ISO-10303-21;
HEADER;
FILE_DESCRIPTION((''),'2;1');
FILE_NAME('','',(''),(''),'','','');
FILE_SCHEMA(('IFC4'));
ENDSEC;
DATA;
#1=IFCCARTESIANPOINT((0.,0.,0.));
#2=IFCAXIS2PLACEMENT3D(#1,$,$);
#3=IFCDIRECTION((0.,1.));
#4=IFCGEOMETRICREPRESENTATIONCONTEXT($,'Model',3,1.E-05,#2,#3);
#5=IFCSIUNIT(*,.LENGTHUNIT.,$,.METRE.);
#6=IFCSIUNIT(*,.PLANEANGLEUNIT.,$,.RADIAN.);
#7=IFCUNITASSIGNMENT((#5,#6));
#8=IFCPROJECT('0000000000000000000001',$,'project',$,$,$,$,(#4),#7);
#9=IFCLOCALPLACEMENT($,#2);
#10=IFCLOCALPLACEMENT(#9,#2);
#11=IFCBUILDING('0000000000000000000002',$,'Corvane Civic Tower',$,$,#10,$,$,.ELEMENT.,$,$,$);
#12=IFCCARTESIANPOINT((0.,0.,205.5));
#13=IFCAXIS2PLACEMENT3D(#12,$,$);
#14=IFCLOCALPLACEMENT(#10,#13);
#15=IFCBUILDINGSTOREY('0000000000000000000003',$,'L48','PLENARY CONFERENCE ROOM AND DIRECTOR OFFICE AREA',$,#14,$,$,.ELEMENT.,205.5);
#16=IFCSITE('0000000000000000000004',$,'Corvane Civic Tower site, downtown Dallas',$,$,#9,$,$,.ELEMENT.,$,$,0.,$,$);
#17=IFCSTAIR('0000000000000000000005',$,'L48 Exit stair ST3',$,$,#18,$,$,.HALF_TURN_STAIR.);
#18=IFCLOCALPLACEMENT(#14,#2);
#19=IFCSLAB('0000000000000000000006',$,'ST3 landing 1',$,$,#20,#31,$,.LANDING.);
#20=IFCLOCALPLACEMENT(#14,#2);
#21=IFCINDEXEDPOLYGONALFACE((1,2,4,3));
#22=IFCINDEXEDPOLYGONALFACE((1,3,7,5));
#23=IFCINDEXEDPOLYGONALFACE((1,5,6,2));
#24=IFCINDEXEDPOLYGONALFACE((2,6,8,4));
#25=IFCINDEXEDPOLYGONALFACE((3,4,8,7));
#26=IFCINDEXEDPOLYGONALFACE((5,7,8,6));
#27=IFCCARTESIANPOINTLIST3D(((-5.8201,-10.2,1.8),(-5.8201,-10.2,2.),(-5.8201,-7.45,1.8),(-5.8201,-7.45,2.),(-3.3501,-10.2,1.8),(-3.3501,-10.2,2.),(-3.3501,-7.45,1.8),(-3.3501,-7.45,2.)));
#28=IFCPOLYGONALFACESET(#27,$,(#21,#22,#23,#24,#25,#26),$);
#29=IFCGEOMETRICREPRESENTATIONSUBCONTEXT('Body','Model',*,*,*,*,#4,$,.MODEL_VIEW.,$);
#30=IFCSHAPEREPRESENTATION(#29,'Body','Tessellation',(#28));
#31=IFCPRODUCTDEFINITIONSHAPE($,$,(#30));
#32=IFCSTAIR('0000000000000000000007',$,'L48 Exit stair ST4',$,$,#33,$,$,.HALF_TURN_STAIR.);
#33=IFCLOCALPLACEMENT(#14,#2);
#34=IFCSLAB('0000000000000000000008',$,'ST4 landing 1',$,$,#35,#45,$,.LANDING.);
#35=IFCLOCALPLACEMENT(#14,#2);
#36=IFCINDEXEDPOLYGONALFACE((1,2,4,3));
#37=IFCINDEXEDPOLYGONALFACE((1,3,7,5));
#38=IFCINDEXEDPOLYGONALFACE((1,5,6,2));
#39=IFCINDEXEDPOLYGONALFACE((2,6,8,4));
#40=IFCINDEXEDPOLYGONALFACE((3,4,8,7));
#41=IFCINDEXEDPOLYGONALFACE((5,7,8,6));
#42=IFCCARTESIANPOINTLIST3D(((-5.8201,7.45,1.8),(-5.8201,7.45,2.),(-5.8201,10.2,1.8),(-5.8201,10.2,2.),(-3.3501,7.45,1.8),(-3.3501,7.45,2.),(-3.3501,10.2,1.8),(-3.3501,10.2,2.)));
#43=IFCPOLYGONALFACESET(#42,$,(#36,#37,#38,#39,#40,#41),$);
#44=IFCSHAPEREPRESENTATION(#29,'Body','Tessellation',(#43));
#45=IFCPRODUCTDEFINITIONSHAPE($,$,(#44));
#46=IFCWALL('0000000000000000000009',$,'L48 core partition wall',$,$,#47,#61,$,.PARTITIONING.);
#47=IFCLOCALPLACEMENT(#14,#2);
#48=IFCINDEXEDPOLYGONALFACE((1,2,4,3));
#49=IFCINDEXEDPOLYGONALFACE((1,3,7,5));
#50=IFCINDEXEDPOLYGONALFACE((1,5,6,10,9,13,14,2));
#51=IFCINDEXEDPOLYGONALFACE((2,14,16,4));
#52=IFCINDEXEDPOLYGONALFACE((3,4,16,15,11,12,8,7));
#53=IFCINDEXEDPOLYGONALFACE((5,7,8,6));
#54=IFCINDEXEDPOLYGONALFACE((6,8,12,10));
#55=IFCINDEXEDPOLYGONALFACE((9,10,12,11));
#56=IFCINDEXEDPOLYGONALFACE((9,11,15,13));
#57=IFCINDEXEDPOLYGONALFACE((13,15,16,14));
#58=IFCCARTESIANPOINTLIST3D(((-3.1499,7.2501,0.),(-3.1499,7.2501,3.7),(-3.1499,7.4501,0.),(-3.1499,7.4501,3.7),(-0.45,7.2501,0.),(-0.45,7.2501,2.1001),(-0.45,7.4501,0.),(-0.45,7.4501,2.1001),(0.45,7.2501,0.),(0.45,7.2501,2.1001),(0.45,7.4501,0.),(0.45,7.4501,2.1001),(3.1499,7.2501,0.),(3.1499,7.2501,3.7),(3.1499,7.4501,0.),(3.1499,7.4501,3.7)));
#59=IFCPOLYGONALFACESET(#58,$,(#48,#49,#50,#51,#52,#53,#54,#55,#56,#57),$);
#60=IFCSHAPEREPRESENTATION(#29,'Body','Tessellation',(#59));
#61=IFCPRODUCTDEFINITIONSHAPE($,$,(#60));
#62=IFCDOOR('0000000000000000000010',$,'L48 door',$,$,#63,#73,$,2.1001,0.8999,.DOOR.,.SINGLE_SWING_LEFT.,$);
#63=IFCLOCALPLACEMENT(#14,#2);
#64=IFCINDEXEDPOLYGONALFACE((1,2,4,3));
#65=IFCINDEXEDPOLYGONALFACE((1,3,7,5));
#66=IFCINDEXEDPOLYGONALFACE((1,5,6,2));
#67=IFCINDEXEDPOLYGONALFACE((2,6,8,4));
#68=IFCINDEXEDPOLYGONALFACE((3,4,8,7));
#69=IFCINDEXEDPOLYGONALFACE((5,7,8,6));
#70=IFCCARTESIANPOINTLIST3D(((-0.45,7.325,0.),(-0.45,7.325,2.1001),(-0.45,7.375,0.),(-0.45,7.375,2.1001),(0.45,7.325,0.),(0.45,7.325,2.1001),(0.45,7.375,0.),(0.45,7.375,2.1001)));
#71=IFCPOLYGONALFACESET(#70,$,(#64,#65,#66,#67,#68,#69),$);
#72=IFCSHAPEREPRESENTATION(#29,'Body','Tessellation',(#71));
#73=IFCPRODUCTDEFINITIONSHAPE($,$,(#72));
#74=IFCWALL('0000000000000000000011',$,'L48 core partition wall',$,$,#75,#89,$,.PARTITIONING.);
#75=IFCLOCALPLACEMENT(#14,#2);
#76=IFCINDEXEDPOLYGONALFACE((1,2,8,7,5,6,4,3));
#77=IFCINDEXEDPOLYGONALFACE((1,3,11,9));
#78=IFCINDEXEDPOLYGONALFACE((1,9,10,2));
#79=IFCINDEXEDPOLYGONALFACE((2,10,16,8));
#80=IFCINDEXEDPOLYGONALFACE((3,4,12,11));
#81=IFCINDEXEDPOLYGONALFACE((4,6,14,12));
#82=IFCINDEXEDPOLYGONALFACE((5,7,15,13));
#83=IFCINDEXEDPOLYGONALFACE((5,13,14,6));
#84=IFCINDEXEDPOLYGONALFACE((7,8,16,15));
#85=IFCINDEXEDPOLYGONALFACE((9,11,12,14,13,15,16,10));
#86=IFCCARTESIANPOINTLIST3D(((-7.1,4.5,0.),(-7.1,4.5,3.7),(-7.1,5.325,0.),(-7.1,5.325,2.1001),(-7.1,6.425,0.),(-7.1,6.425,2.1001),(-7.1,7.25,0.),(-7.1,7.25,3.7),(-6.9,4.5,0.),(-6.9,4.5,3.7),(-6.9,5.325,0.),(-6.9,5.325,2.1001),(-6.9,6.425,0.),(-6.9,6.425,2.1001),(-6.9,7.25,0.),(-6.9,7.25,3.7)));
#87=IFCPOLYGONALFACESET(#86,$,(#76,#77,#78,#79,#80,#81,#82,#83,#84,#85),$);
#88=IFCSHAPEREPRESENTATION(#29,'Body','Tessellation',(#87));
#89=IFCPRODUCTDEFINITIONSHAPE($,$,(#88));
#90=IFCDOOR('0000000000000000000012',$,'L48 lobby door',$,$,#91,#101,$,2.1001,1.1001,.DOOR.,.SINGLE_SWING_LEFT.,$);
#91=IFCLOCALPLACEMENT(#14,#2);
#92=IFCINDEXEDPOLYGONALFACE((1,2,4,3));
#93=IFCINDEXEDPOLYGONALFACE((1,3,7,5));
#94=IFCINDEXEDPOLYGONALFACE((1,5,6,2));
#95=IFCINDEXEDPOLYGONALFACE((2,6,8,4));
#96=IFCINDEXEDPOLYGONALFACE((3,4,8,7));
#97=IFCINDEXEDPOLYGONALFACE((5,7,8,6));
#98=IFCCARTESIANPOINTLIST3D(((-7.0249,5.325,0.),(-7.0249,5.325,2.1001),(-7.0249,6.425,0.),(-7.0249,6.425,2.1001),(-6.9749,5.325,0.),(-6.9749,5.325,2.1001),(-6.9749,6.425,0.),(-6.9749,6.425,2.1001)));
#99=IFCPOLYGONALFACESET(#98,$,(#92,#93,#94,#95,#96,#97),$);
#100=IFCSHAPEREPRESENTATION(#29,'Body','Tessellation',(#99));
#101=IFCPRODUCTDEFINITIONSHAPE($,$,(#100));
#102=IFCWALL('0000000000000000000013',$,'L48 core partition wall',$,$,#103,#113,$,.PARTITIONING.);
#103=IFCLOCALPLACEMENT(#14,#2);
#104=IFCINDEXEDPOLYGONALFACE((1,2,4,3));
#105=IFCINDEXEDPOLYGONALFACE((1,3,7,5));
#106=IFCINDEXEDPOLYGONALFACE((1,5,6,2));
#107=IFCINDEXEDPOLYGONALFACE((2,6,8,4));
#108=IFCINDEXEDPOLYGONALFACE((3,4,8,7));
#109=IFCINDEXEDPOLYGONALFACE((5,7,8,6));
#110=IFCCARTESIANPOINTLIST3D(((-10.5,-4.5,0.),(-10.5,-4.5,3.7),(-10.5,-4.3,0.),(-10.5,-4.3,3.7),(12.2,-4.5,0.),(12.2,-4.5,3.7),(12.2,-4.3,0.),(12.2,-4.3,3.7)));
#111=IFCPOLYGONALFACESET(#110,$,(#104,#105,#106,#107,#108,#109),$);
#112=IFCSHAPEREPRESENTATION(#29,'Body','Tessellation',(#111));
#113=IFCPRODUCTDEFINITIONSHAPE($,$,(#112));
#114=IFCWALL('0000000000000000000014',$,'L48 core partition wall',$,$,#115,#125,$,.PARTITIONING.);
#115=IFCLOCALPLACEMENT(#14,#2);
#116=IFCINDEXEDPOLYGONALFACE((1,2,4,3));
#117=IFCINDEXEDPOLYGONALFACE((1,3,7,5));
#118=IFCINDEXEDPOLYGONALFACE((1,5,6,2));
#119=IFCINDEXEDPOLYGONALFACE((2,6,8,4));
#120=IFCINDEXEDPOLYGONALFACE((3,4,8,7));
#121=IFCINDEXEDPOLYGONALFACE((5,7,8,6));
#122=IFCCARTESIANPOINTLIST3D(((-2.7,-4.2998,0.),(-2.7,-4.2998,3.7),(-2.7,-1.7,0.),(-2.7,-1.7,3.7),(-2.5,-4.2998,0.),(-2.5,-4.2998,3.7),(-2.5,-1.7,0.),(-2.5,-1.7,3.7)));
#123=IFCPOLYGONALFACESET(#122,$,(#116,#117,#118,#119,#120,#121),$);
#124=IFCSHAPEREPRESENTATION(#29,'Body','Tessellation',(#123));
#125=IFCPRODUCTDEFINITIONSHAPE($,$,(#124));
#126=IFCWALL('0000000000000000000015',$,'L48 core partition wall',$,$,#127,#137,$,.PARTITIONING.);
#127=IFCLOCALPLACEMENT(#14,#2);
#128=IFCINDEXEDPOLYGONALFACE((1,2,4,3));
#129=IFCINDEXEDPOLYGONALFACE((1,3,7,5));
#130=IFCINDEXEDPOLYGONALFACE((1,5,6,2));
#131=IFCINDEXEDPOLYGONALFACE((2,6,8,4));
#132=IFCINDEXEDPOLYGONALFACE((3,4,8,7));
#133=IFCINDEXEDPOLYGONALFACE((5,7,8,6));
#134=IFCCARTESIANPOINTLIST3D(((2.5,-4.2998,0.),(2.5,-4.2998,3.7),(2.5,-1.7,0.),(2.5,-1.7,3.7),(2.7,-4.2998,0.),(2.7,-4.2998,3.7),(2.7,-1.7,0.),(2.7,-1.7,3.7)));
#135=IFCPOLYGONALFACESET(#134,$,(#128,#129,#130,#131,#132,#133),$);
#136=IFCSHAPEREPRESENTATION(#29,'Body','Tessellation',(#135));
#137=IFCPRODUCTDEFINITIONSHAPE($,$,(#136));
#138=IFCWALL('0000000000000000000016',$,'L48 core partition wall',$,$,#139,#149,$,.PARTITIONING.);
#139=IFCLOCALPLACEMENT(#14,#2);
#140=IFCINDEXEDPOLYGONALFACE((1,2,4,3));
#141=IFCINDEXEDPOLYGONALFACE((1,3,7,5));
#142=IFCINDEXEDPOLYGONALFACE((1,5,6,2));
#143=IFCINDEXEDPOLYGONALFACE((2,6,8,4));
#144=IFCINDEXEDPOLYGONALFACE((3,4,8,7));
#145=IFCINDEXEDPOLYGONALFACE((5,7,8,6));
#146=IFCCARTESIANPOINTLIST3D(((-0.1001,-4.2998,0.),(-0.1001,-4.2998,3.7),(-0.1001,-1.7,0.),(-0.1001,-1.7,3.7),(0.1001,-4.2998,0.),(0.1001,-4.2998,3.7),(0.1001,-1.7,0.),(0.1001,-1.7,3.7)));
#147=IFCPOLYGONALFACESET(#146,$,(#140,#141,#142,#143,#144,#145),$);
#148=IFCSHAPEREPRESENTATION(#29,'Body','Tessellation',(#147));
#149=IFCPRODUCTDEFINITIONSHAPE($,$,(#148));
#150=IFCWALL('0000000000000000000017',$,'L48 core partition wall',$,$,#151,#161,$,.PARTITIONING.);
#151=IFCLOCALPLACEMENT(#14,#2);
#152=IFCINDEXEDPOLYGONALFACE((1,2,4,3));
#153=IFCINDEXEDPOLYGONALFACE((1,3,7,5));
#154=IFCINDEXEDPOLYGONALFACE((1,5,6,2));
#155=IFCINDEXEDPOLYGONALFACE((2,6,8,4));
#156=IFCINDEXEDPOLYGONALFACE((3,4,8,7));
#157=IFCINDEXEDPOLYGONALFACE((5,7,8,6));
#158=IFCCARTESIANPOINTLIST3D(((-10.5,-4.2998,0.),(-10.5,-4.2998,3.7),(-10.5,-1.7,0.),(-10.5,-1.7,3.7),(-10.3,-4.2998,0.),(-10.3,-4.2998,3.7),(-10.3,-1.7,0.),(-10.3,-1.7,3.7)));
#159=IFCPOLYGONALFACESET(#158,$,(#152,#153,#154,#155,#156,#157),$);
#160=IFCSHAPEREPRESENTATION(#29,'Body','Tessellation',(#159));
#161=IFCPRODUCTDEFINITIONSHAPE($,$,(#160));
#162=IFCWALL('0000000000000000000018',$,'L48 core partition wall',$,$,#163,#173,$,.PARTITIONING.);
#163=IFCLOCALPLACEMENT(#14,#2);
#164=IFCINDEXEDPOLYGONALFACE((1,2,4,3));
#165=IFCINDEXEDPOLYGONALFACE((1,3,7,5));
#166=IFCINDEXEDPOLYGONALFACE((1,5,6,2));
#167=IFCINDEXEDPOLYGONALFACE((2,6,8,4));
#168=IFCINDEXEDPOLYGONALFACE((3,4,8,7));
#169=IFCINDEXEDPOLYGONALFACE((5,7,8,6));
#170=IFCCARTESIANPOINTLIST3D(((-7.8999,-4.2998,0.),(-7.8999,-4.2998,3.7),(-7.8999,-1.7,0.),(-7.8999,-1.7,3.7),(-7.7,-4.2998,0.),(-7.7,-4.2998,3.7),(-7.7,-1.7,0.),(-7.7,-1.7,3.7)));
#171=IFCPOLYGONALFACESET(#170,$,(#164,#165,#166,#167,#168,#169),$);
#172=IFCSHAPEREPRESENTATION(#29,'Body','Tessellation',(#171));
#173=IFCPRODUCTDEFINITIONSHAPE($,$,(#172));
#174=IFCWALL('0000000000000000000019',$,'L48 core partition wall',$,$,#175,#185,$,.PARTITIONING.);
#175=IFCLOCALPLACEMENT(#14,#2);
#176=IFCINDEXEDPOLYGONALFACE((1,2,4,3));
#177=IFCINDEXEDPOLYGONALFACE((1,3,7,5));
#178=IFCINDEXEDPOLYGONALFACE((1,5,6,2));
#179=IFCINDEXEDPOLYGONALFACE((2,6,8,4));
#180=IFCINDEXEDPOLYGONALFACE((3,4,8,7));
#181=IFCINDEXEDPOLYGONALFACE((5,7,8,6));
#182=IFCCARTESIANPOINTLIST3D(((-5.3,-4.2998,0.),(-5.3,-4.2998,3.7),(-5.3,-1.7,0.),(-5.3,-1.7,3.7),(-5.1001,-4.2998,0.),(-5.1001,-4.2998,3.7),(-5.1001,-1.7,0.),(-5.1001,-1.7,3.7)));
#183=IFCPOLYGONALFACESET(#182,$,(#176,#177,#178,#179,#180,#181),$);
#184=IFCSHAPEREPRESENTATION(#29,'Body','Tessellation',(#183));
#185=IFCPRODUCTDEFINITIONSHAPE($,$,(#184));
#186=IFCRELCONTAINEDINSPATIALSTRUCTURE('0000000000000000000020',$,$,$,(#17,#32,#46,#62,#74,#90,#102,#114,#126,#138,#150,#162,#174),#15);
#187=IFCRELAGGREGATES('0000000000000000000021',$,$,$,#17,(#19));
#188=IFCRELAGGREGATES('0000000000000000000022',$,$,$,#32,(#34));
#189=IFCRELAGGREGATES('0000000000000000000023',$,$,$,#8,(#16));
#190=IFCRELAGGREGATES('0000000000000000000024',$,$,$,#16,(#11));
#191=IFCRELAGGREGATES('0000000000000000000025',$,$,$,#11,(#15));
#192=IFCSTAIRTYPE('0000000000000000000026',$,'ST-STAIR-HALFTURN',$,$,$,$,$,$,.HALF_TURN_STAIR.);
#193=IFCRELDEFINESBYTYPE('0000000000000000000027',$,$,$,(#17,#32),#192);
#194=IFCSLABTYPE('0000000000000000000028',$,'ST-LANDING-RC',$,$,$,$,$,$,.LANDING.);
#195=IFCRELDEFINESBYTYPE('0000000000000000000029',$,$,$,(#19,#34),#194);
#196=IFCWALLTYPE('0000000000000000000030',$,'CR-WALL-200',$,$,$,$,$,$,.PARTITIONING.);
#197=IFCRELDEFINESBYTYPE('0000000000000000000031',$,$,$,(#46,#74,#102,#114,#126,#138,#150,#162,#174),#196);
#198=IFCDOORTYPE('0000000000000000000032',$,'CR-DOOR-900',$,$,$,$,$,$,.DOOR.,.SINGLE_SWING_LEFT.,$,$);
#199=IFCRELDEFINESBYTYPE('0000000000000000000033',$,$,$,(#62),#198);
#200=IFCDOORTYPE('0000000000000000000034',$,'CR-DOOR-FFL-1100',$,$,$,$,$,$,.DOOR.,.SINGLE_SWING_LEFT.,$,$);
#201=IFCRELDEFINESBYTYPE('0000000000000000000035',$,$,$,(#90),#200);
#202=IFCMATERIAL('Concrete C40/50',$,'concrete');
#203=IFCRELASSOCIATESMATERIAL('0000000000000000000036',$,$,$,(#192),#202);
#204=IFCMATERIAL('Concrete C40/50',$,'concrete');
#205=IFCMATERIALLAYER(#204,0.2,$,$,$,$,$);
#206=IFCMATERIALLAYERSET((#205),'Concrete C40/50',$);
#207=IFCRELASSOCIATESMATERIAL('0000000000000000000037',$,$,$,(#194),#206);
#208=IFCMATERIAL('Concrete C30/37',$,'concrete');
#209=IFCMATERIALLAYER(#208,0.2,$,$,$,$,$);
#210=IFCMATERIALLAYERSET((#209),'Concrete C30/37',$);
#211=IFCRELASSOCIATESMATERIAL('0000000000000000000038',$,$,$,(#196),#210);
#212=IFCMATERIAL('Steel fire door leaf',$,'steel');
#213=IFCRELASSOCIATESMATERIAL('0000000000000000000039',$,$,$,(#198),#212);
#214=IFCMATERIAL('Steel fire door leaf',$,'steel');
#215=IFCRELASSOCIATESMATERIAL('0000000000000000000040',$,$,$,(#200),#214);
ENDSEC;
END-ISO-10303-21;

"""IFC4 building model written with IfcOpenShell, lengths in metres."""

from ifc_helpers import new_model, si_unit, direction, frame, frame_2d, origin, place, context, subcontext, project, spatial, polyline, rectangle, outline, extrude, material, layer, layer_set, type_object, element, fill, aggregate, save


model = new_model("IFC4")

# Units and contexts
model_context = context("Model", 3, precision=1e-05, world=origin(), true_north=direction((0.0, 1.0)))
body_context = subcontext(model_context, "Body", "Model", "MODEL_VIEW")
ifc_project = project(units=[si_unit("LENGTHUNIT", "METRE"), si_unit("PLANEANGLEUNIT", "RADIAN")], contexts=[model_context])

# Site, building, storey
site_placement = place(None, origin())
site = spatial("IfcSite", under=ifc_project, at=site_placement, Name="Corvane Civic Tower site, downtown Dallas", CompositionType="ELEMENT", RefElevation=0.0)
building_placement = place(site_placement, origin())
building = spatial("IfcBuilding", under=site, at=building_placement, Name="Corvane Civic Tower", CompositionType="ELEMENT")
storey_placement = place(building_placement, frame((0.0, 0.0, 205.5)))
storey = spatial("IfcBuildingStorey", under=building, at=storey_placement, Name="L48", Description="PLENARY CONFERENCE ROOM AND DIRECTOR OFFICE AREA", CompositionType="ELEMENT", Elevation=205.5)

# Stairs, slabs
ifc_material_1 = material(Name="Concrete C40/50", Category="concrete")
stair_type = type_object("IfcStairType", Name="ST-STAIR-HALFTURN", PredefinedType="HALF_TURN_STAIR", material=ifc_material_1)
stair_1_placement = place(storey_placement, origin())
stair_1 = element("IfcStair", 1, at=stair_1_placement, inside=storey, type_object=stair_type, Name="L48 Exit stair ST3", PredefinedType="HALF_TURN_STAIR")
ifc_material_2 = material(Name="Concrete C40/50", Category="concrete")
ifc_layer_1 = layer(ifc_material_2, 0.2)
ifc_layer_set_1 = layer_set([ifc_layer_1], Name="Concrete C40/50")
slab_type = type_object("IfcSlabType", Name="ST-LANDING-RC", PredefinedType="LANDING", material=ifc_layer_set_1)
slab_1_placement = place(storey_placement, frame((0.0, 0.0, 1.8)))
slab_1 = element("IfcSlab", 2, at=slab_1_placement, type_object=slab_type, Name="ST3 landing 1", PredefinedType="LANDING", context=body_context, shape_type="SweptSolid", body=[
    extrude(outline(polyline([(-5.8201, -10.2), (-3.3501, -10.2), (-3.3501, -7.45), (-5.8201, -7.45), (-5.8201, -10.2)])), origin(), (0.0, 0.0, 1.0), 0.2),
])
aggregate(stair_1, [slab_1])
stair_2_placement = place(storey_placement, origin())
stair_2 = element("IfcStair", 3, at=stair_2_placement, inside=storey, type_object=stair_type, Name="L48 Exit stair ST4", PredefinedType="HALF_TURN_STAIR")
slab_2_placement = place(storey_placement, frame((0.0, 0.0, 1.8)))
slab_2 = element("IfcSlab", 4, at=slab_2_placement, type_object=slab_type, Name="ST4 landing 1", PredefinedType="LANDING", context=body_context, shape_type="SweptSolid", body=[
    extrude(outline(polyline([(-5.8201, 7.45), (-3.3501, 7.45), (-3.3501, 10.2), (-5.8201, 10.2), (-5.8201, 7.45)])), origin(), (0.0, 0.0, 1.0), 0.2),
])
aggregate(stair_2, [slab_2])

# Walls, openings, doors
ifc_material_3 = material(Name="Concrete C30/37", Category="concrete")
ifc_layer_2 = layer(ifc_material_3, 0.2)
ifc_layer_set_2 = layer_set([ifc_layer_2], Name="Concrete C30/37")
wall_type = type_object("IfcWallType", Name="CR-WALL-200", PredefinedType="PARTITIONING", material=ifc_layer_set_2)
wall_1_placement = place(storey_placement, frame((-3.1499, 7.3501, 0.0), z_axis=(0.0, 0.0, 1.0), x_axis=(1.0, 0.0, 0.0)))
wall_1 = element("IfcWall", 5, at=wall_1_placement, inside=storey, type_object=wall_type, Name="L48 core partition wall", PredefinedType="PARTITIONING", context=body_context, shape_type="SweptSolid", body=[
    extrude(rectangle(XDim=6.2998, YDim=0.2, at=frame_2d((3.1499, 0.0))), origin(), (0.0, 0.0, 1.0), 3.7),
])
opening_1_placement = place(wall_1_placement, frame((2.7, 0.0, 0.0)))
opening_1 = element("IfcOpeningElement", 6, at=opening_1_placement, cuts=wall_1, PredefinedType="OPENING", context=body_context, shape_type="SweptSolid", body=[
    extrude(rectangle(XDim=0.8999, YDim=2.1001, at=frame_2d((0.45, 1.05))), frame((0.0, 0.1099, 0.0), z_axis=(0.0, -1.0, 0.0), x_axis=(1.0, 0.0, 0.0)), (0.0, 0.0, 1.0), 0.22),
])
ifc_material_4 = material(Name="Steel fire door leaf", Category="steel")
door_type_1 = type_object("IfcDoorType", Name="CR-DOOR-900", OperationType="SINGLE_SWING_LEFT", PredefinedType="DOOR", material=ifc_material_4)
door_1_placement = place(opening_1_placement, origin())
door_1 = element("IfcDoor", 7, at=door_1_placement, inside=storey, type_object=door_type_1, Name="L48 door", OperationType="SINGLE_SWING_LEFT", OverallHeight=2.1001, OverallWidth=0.8999, PredefinedType="DOOR", context=body_context, shape_type="SweptSolid", body=[
    extrude(rectangle(XDim=0.8999, YDim=2.1001, at=frame_2d((0.45, 1.05))), frame((0.0, 0.0249, 0.0), z_axis=(0.0, -1.0, 0.0), x_axis=(1.0, 0.0, 0.0)), (0.0, 0.0, 1.0), 0.05),
])
fill(opening_1, door_1)
wall_2_placement = place(storey_placement, frame((-7.0, 4.5, 0.0), z_axis=(0.0, 0.0, 1.0), x_axis=(0.0, 1.0, 0.0)))
wall_2 = element("IfcWall", 8, at=wall_2_placement, inside=storey, type_object=wall_type, Name="L48 core partition wall", PredefinedType="PARTITIONING", context=body_context, shape_type="SweptSolid", body=[
    extrude(rectangle(XDim=2.75, YDim=0.2, at=frame_2d((1.375, 0.0))), origin(), (0.0, 0.0, 1.0), 3.7),
])
opening_2_placement = place(wall_2_placement, frame((0.825, 0.0, 0.0)))
opening_2 = element("IfcOpeningElement", 9, at=opening_2_placement, cuts=wall_2, PredefinedType="OPENING", context=body_context, shape_type="SweptSolid", body=[
    extrude(rectangle(XDim=1.1001, YDim=2.1001, at=frame_2d((0.55, 1.05))), frame((0.0, 0.1099, 0.0), z_axis=(0.0, -1.0, 0.0), x_axis=(1.0, 0.0, 0.0)), (0.0, 0.0, 1.0), 0.22),
])
ifc_material_5 = material(Name="Steel fire door leaf", Category="steel")
door_type_2 = type_object("IfcDoorType", Name="CR-DOOR-FFL-1100", OperationType="SINGLE_SWING_LEFT", PredefinedType="DOOR", material=ifc_material_5)
door_2_placement = place(opening_2_placement, origin())
door_2 = element("IfcDoor", 10, at=door_2_placement, inside=storey, type_object=door_type_2, Name="L48 lobby door", OperationType="SINGLE_SWING_LEFT", OverallHeight=2.1001, OverallWidth=1.1001, PredefinedType="DOOR", context=body_context, shape_type="SweptSolid", body=[
    extrude(rectangle(XDim=1.1001, YDim=2.1001, at=frame_2d((0.55, 1.05))), frame((0.0, 0.0249, 0.0), z_axis=(0.0, -1.0, 0.0), x_axis=(1.0, 0.0, 0.0)), (0.0, 0.0, 1.0), 0.05),
])
fill(opening_2, door_2)

# Walls
wall_3_placement = place(storey_placement, origin())
element("IfcWall", 11, at=wall_3_placement, inside=storey, type_object=wall_type, Name="L48 core partition wall", PredefinedType="PARTITIONING", context=body_context, shape_type="SweptSolid", body=[
    extrude(outline(polyline([(12.2, -4.3), (12.2, -4.5), (-10.5, -4.5), (-10.5, -4.3), (12.2, -4.3)])), origin(), (0.0, 0.0, 1.0), 3.7),
])
wall_4_placement = place(storey_placement, origin())
element("IfcWall", 12, at=wall_4_placement, inside=storey, type_object=wall_type, Name="L48 core partition wall", PredefinedType="PARTITIONING", context=body_context, shape_type="SweptSolid", body=[
    extrude(outline(polyline([(-2.5, -1.7), (-2.5, -4.2998), (-2.7, -4.2998), (-2.7, -1.7), (-2.5, -1.7)])), origin(), (0.0, 0.0, 1.0), 3.7),
])
wall_5_placement = place(storey_placement, origin())
element("IfcWall", 13, at=wall_5_placement, inside=storey, type_object=wall_type, Name="L48 core partition wall", PredefinedType="PARTITIONING", context=body_context, shape_type="SweptSolid", body=[
    extrude(outline(polyline([(2.7, -1.7), (2.7, -4.2998), (2.5, -4.2998), (2.5, -1.7), (2.7, -1.7)])), origin(), (0.0, 0.0, 1.0), 3.7),
])
wall_6_placement = place(storey_placement, origin())
element("IfcWall", 14, at=wall_6_placement, inside=storey, type_object=wall_type, Name="L48 core partition wall", PredefinedType="PARTITIONING", context=body_context, shape_type="SweptSolid", body=[
    extrude(outline(polyline([(0.1001, -1.7), (0.1001, -4.2998), (-0.1001, -4.2998), (-0.1001, -1.7), (0.1001, -1.7)])), origin(), (0.0, 0.0, 1.0), 3.7),
])
wall_7_placement = place(storey_placement, origin())
element("IfcWall", 15, at=wall_7_placement, inside=storey, type_object=wall_type, Name="L48 core partition wall", PredefinedType="PARTITIONING", context=body_context, shape_type="SweptSolid", body=[
    extrude(outline(polyline([(-10.3, -1.7), (-10.3, -4.2998), (-10.5, -4.2998), (-10.5, -1.7), (-10.3, -1.7)])), origin(), (0.0, 0.0, 1.0), 3.7),
])
wall_8_placement = place(storey_placement, origin())
element("IfcWall", 16, at=wall_8_placement, inside=storey, type_object=wall_type, Name="L48 core partition wall", PredefinedType="PARTITIONING", context=body_context, shape_type="SweptSolid", body=[
    extrude(outline(polyline([(-7.7, -1.7), (-7.7, -4.2998), (-7.8999, -4.2998), (-7.8999, -1.7), (-7.7, -1.7)])), origin(), (0.0, 0.0, 1.0), 3.7),
])
wall_9_placement = place(storey_placement, origin())
element("IfcWall", 17, at=wall_9_placement, inside=storey, type_object=wall_type, Name="L48 core partition wall", PredefinedType="PARTITIONING", context=body_context, shape_type="SweptSolid", body=[
    extrude(outline(polyline([(-5.1001, -1.7), (-5.1001, -4.2998), (-5.3, -4.2998), (-5.3, -1.7), (-5.1001, -1.7)])), origin(), (0.0, 0.0, 1.0), 3.7),
])

save(model, "model.ifc")
